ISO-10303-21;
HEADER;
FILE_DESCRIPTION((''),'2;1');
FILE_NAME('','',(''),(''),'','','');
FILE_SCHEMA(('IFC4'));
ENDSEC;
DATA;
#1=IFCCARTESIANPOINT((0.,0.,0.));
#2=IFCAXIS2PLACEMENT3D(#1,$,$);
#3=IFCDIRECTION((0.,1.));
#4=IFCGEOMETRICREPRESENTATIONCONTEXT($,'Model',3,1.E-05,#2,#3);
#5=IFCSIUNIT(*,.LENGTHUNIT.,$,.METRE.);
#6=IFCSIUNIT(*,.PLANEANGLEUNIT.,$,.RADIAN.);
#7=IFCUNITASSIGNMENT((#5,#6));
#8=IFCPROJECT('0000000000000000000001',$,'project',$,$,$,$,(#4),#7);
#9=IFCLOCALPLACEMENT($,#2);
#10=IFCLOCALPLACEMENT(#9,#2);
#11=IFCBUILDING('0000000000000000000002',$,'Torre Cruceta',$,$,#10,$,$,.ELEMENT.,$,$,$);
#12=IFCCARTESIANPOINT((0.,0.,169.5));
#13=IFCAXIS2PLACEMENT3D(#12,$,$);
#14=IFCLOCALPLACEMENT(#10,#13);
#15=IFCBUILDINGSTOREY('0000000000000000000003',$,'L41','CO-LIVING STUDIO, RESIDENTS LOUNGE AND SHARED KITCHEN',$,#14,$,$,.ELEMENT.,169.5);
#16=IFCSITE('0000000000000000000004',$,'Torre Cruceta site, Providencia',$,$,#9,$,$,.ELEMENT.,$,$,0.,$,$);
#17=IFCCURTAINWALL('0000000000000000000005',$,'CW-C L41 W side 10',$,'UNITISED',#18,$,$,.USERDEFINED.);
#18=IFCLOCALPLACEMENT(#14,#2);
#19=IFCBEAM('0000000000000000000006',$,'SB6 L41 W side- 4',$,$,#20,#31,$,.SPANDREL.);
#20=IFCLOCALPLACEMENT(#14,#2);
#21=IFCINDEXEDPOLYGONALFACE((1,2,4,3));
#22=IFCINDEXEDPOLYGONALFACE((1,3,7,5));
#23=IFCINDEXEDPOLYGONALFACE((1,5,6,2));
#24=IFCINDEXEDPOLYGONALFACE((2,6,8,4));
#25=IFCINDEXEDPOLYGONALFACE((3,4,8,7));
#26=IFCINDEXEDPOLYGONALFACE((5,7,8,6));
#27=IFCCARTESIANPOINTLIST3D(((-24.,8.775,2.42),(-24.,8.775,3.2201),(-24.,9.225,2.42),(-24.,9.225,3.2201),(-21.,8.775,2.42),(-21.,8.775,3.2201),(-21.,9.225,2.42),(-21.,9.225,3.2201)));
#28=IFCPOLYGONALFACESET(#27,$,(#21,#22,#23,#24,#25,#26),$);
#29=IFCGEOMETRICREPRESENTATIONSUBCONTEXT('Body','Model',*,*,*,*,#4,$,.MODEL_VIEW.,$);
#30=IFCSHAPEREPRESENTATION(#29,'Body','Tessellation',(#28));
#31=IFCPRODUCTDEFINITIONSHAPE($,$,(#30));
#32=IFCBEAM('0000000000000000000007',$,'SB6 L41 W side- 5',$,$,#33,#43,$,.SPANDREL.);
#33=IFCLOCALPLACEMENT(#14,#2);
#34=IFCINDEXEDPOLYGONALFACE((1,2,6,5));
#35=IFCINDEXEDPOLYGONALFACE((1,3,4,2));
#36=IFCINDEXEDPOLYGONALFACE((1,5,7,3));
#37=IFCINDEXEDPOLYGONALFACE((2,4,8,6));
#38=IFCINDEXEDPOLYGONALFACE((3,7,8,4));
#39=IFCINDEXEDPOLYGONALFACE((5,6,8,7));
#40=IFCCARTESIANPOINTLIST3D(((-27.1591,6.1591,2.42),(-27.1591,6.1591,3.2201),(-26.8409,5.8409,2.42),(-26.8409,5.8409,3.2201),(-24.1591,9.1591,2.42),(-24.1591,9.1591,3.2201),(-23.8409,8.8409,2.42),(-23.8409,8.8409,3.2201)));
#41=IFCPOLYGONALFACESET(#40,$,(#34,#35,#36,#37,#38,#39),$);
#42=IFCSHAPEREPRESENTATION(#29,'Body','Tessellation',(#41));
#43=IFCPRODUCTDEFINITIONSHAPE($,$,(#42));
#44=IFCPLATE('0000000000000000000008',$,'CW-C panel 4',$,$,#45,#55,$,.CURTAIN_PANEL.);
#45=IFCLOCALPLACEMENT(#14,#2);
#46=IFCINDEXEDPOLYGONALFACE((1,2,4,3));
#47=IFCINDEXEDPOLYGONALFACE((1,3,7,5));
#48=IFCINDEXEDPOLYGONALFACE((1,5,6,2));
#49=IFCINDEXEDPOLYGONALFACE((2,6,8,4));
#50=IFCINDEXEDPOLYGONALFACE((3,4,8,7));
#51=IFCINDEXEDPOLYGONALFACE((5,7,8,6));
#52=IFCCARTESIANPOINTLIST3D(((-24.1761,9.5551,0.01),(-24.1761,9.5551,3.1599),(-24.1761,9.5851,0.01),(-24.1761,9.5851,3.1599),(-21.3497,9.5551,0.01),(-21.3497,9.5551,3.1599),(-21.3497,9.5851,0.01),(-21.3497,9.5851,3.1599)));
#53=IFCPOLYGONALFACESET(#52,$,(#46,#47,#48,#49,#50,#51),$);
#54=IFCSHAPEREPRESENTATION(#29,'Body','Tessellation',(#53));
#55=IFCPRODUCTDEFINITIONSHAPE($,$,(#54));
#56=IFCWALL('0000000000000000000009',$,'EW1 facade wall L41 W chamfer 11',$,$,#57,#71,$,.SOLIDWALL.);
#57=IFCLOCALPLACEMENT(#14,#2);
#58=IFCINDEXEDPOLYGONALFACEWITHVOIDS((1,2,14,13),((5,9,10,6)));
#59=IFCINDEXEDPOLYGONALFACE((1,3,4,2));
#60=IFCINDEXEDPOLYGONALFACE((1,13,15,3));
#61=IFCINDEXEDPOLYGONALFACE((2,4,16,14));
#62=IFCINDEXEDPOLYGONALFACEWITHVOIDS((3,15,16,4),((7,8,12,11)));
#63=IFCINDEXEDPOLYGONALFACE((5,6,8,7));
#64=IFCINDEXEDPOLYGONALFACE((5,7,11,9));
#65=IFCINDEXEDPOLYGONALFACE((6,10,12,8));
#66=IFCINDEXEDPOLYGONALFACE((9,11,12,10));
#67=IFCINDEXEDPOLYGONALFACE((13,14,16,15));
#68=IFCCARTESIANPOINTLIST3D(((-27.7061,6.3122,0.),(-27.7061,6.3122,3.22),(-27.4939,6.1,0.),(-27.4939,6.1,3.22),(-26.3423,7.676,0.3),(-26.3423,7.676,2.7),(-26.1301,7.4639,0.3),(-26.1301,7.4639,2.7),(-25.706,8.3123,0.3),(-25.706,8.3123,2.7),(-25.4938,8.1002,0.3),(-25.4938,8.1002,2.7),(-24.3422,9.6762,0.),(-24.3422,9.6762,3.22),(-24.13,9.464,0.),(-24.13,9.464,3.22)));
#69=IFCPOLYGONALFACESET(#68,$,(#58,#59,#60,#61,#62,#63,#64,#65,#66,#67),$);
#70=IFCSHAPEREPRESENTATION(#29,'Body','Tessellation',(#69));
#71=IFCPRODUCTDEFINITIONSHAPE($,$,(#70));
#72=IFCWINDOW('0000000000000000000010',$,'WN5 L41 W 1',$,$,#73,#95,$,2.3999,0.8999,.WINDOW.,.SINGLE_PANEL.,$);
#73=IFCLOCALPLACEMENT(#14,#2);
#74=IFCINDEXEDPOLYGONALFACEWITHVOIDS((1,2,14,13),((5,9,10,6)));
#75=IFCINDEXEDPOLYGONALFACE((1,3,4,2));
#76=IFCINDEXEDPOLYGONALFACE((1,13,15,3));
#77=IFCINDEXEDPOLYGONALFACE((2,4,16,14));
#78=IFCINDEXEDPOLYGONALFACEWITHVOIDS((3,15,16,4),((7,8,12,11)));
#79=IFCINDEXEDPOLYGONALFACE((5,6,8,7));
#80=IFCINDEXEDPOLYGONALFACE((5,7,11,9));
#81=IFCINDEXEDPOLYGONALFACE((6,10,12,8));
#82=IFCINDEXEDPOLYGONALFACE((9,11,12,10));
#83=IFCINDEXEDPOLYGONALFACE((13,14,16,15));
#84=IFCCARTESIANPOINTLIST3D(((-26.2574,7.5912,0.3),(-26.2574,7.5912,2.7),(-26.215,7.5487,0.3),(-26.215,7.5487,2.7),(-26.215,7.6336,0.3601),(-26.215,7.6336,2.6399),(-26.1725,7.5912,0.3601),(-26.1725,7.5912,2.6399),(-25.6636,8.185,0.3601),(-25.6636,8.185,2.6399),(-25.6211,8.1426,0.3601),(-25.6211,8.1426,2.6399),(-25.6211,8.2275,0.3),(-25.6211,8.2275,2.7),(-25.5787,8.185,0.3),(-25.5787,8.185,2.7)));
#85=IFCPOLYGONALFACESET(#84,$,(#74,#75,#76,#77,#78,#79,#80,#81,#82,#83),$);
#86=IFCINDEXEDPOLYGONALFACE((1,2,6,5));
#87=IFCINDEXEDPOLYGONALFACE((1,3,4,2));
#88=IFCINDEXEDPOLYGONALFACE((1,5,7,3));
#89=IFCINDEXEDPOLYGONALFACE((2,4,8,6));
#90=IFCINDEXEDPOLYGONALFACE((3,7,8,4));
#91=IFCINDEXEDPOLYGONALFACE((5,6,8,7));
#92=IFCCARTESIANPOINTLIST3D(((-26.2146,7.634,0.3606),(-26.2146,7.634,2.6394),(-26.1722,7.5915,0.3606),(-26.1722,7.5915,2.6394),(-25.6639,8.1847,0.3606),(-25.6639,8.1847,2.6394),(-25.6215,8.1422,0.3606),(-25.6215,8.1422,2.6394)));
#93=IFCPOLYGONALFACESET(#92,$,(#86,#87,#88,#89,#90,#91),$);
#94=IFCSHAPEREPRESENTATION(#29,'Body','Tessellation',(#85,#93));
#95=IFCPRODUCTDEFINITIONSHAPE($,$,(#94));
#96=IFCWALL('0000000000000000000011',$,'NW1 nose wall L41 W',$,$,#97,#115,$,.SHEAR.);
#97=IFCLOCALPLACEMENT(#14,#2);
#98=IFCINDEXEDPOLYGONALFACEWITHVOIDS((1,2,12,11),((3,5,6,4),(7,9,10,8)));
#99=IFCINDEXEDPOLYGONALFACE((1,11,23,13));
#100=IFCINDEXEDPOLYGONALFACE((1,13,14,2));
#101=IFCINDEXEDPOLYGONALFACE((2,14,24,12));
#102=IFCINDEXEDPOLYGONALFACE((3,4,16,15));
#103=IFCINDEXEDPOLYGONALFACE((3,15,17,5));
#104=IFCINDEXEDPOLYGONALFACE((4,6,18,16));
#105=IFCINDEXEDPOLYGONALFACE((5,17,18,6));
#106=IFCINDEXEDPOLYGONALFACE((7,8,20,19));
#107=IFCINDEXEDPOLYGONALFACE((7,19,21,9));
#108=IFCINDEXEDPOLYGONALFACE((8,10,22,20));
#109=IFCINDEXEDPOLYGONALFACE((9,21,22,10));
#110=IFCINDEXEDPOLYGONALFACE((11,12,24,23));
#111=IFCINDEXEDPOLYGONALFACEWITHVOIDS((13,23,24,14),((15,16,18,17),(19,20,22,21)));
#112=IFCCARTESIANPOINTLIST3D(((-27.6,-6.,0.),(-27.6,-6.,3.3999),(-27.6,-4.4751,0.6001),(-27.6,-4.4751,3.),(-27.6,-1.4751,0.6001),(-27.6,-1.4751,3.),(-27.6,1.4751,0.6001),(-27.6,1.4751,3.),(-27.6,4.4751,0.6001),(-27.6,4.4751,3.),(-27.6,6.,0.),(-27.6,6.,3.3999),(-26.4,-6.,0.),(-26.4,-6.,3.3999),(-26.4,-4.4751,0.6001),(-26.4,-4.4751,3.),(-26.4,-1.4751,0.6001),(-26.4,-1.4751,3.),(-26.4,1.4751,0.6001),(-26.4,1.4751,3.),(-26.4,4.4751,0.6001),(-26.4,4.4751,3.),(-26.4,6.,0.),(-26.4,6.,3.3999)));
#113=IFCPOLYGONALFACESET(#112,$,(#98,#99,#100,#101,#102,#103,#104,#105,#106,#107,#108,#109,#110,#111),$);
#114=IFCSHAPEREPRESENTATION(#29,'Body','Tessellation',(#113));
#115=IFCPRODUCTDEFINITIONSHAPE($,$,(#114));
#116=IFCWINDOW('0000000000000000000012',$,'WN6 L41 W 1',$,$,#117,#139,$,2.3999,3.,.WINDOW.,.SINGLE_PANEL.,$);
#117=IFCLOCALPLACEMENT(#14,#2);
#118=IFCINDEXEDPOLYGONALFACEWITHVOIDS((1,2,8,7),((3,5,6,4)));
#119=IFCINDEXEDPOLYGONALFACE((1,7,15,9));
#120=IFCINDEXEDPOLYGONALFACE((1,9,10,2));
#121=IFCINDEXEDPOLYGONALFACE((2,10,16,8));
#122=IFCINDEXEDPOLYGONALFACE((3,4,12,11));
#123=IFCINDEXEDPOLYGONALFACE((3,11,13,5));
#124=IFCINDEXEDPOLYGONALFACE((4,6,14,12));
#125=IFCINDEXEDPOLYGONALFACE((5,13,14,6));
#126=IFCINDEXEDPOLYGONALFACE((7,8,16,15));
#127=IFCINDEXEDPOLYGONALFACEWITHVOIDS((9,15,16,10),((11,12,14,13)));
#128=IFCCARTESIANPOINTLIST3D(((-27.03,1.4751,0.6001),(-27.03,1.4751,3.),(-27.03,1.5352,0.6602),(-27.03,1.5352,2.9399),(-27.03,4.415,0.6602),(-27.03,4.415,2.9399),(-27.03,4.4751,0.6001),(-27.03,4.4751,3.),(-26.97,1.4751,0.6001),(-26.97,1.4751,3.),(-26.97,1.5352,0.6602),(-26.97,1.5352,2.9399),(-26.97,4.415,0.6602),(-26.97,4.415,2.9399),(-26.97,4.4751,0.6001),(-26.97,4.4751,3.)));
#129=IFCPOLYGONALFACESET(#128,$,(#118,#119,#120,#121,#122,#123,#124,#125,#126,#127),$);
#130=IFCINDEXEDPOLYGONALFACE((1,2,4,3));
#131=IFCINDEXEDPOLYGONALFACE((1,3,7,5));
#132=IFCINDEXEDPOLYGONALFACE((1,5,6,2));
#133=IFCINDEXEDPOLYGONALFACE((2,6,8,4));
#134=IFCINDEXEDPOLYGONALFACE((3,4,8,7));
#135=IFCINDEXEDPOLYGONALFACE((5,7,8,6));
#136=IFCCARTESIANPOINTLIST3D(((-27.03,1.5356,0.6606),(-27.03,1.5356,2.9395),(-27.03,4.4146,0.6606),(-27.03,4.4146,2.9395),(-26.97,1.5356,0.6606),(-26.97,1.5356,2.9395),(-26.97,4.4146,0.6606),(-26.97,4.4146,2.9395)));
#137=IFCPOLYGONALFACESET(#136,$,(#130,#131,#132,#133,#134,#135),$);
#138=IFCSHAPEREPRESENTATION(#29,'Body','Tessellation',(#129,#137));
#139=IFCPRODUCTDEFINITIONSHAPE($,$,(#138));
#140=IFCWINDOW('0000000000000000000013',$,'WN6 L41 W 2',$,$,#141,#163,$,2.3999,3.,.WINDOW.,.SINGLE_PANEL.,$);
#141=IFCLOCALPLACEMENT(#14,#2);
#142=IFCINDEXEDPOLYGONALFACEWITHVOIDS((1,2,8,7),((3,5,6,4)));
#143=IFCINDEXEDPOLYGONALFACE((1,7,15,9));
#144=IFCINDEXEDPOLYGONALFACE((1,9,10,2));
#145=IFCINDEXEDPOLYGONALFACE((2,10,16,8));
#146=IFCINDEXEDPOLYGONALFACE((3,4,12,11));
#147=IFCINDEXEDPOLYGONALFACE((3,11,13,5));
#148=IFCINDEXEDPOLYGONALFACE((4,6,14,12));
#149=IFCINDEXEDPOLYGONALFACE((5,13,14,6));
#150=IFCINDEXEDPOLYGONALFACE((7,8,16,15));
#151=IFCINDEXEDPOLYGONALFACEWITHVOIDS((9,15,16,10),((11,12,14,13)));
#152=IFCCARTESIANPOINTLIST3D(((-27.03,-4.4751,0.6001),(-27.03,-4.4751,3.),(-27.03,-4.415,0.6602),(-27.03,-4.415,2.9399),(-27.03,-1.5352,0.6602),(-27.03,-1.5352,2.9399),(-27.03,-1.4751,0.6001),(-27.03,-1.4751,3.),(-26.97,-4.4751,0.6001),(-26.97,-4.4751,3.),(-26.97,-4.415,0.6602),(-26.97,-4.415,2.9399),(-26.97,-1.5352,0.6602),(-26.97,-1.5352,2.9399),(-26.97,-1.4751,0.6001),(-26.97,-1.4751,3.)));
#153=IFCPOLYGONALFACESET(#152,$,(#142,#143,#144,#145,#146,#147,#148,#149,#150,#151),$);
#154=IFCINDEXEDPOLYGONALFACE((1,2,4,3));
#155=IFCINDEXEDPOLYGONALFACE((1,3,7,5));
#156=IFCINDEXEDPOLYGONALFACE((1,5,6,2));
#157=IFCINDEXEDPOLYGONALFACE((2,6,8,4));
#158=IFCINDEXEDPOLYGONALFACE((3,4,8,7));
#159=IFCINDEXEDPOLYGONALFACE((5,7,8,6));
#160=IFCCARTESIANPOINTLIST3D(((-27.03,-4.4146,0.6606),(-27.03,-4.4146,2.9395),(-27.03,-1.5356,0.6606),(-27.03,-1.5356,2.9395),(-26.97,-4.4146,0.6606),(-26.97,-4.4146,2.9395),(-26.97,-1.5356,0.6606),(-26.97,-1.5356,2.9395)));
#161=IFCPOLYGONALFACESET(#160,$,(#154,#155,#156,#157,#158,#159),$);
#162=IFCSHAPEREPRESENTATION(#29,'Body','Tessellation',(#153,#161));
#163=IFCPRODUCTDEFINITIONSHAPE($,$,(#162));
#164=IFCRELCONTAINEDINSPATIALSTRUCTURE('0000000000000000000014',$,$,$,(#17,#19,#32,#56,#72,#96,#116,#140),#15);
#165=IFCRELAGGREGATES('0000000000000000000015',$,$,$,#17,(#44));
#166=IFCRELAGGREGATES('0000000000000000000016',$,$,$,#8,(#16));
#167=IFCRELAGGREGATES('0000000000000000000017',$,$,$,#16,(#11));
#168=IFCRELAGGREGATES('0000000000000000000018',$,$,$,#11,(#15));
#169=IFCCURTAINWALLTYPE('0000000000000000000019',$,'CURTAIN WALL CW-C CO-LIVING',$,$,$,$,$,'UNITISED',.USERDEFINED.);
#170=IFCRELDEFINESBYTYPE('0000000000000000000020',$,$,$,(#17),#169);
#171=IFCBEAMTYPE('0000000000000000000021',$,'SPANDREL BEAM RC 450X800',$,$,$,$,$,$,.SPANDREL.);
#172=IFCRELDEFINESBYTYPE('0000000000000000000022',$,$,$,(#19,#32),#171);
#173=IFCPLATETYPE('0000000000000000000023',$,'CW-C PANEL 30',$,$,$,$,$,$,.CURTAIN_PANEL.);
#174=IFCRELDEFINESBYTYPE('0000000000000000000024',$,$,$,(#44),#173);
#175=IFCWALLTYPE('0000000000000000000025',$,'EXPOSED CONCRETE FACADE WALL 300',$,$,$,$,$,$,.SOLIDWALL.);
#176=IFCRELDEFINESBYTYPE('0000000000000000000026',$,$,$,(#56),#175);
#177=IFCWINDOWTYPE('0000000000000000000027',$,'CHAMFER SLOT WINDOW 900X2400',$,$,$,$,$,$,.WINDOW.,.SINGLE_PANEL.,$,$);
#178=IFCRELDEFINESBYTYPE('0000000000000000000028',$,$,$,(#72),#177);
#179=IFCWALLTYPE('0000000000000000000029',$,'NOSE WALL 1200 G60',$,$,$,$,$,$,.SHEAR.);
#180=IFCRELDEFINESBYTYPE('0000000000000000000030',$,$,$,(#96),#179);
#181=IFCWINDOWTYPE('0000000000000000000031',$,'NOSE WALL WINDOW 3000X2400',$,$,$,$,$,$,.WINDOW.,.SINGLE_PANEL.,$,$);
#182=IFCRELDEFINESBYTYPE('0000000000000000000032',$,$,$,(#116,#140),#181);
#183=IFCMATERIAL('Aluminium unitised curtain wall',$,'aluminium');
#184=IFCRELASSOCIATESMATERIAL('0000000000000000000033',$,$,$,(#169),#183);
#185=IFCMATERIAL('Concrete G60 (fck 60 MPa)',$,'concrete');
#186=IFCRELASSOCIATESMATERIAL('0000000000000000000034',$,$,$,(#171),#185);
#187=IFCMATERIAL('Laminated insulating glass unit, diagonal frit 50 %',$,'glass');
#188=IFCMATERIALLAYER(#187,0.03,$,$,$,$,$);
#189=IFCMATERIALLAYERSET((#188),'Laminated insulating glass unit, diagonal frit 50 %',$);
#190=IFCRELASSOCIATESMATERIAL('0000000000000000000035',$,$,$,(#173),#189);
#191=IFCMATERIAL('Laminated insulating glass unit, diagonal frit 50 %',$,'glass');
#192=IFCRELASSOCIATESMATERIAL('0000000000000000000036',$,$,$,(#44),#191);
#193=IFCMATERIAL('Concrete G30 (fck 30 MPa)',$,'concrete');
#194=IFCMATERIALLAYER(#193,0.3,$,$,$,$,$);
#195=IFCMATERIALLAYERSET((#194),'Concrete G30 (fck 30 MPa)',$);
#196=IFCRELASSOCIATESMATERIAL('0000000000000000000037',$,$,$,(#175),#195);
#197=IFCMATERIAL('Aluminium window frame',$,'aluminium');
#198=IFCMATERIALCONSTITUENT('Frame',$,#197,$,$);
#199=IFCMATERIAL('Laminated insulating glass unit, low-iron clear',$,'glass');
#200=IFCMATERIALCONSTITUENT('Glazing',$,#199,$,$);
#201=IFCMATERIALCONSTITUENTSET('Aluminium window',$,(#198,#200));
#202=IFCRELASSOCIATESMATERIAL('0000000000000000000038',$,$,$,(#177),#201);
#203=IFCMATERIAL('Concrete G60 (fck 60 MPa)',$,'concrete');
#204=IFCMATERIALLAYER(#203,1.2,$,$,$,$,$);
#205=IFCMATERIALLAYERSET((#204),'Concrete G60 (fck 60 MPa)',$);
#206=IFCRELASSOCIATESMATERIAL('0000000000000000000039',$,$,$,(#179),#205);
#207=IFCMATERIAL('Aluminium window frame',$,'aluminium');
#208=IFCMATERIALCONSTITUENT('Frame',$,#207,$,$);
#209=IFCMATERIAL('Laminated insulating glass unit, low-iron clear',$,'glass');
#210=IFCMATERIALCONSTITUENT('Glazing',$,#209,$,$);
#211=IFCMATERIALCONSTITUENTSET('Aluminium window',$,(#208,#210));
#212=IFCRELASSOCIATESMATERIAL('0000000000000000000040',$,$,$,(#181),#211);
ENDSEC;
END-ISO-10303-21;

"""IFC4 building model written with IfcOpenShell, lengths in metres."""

from ifc_helpers import new_model, si_unit, direction, frame, frame_2d, origin, origin_2d, place, context, subcontext, project, spatial, rectangle, hollow_rectangle, extrude, material, layer, layer_set, constituent, constituent_set, material_profile, profile_set, type_object, element, fill, aggregate, save


model = new_model("IFC4")

# Units and contexts
model_context = context("Model", 3, precision=1e-05, world=origin(), true_north=direction((0.0, 1.0)))
body_context = subcontext(model_context, "Body", "Model", "MODEL_VIEW")
ifc_project = project(units=[si_unit("LENGTHUNIT", "METRE"), si_unit("PLANEANGLEUNIT", "RADIAN")], contexts=[model_context])

# Site, building, storey
site_placement = place(None, origin())
site = spatial("IfcSite", under=ifc_project, at=site_placement, Name="Torre Cruceta site, Providencia", CompositionType="ELEMENT", RefElevation=0.0)
building_placement = place(site_placement, origin())
building = spatial("IfcBuilding", under=site, at=building_placement, Name="Torre Cruceta", CompositionType="ELEMENT")
storey_placement = place(building_placement, frame((0.0, 0.0, 169.5)))
storey = spatial("IfcBuildingStorey", under=building, at=storey_placement, Name="L41", Description="CO-LIVING STUDIO, RESIDENTS LOUNGE AND SHARED KITCHEN", CompositionType="ELEMENT", Elevation=169.5)

# Curtain wall
ifc_material_1 = material(Name="Aluminium unitised curtain wall", Category="aluminium")
curtain_wall_type = type_object("IfcCurtainWallType", Name="CURTAIN WALL CW-C CO-LIVING", ElementType="UNITISED", PredefinedType="USERDEFINED", material=ifc_material_1)
curtain_wall_placement = place(storey_placement, origin())
curtain_wall = element("IfcCurtainWall", 1, at=curtain_wall_placement, inside=storey, type_object=curtain_wall_type, Name="CW-C L41 W side 10", ObjectType="UNITISED", PredefinedType="USERDEFINED")

# Beams
ifc_material_2 = material(Name="Concrete G60 (fck 60 MPa)", Category="concrete")
ifc_material_profile_1 = material_profile(ifc_material_2, rectangle(XDim=0.45, YDim=0.8, at=origin_2d()), Name="RC 450X800")
ifc_profile_set_1 = profile_set([ifc_material_profile_1], Name="Concrete G60 (fck 60 MPa)")
beam_type_1 = type_object("IfcBeamType", Name="SPANDREL BEAM RC 450X800", PredefinedType="SPANDREL", material=ifc_profile_set_1)
beam_1_placement = place(storey_placement, frame((-21.0, 9.0, 2.8201), z_axis=(-1.0, 0.0, 0.0), x_axis=(0.0, -1.0, 0.0)))
element("IfcBeam", 2, at=beam_1_placement, inside=storey, type_object=beam_type_1, Name="SB6 L41 W side- 4", PredefinedType="SPANDREL", context=body_context, shape_type="SweptSolid", body=[
    extrude(rectangle(XDim=0.45, YDim=0.8, at=origin_2d()), origin(), (0.0, 0.0, 1.0), 3.0),
])
beam_2_placement = place(storey_placement, frame((-24.0, 9.0, 2.8201), z_axis=(-0.707107, -0.707107, 0.0), x_axis=(0.707107, -0.707107, 0.0)))
element("IfcBeam", 3, at=beam_2_placement, inside=storey, type_object=beam_type_1, Name="SB6 L41 W side- 5", PredefinedType="SPANDREL", context=body_context, shape_type="SweptSolid", body=[
    extrude(rectangle(XDim=0.45, YDim=0.8, at=origin_2d()), origin(), (0.0, 0.0, 1.0), 4.2427),
])

# Plate
ifc_material_3 = material(Name="Laminated insulating glass unit, diagonal frit 50 %", Category="glass")
ifc_material_4 = material(Name="Laminated insulating glass unit, diagonal frit 50 %", Category="glass")
ifc_layer_1 = layer(ifc_material_4, 0.03)
ifc_layer_set_1 = layer_set([ifc_layer_1], Name="Laminated insulating glass unit, diagonal frit 50 %")
plate_type = type_object("IfcPlateType", Name="CW-C PANEL 30", PredefinedType="CURTAIN_PANEL", material=ifc_layer_set_1)
plate_placement = place(storey_placement, frame((-22.7629, 9.5701, 0.01), z_axis=(0.0, 0.0, 1.0), x_axis=(-1.0, 0.0, 0.0)))
plate = element("IfcPlate", 4, at=plate_placement, type_object=plate_type, material=ifc_material_3, Name="CW-C panel 4", PredefinedType="CURTAIN_PANEL", context=body_context, shape_type="SweptSolid", body=[
    extrude(rectangle(XDim=2.8264, YDim=0.03, at=origin_2d()), origin(), (0.0, 0.0, 1.0), 3.1499),
])
aggregate(curtain_wall, [plate])

# Wall, opening, window
ifc_material_5 = material(Name="Concrete G30 (fck 30 MPa)", Category="concrete")
ifc_layer_2 = layer(ifc_material_5, 0.3)
ifc_layer_set_2 = layer_set([ifc_layer_2], Name="Concrete G30 (fck 30 MPa)")
wall_type_1 = type_object("IfcWallType", Name="EXPOSED CONCRETE FACADE WALL 300", PredefinedType="SOLIDWALL", material=ifc_layer_set_2)
wall_1_placement = place(storey_placement, frame((-24.2361, 9.5701, 0.0), z_axis=(0.0, 0.0, 1.0), x_axis=(-0.707107, -0.707107, 0.0)))
wall_1 = element("IfcWall", 5, at=wall_1_placement, inside=storey, type_object=wall_type_1, Name="EW1 facade wall L41 W chamfer 11", PredefinedType="SOLIDWALL", context=body_context, shape_type="SweptSolid", body=[
    extrude(rectangle(XDim=4.7573, YDim=0.3, at=frame_2d((2.3787, 0.0))), origin(), (0.0, 0.0, 1.0), 3.22),
])
opening_1_placement = place(wall_1_placement, frame((1.9287, 0.0, 0.3)))
opening_1 = element("IfcOpeningElement", 6, at=opening_1_placement, cuts=wall_1, PredefinedType="OPENING", context=body_context, shape_type="SweptSolid", body=[
    extrude(rectangle(XDim=0.8999, YDim=2.3999, at=frame_2d((0.45, 1.2))), frame((0.0, 0.1599, 0.0), z_axis=(0.0, -1.0, 0.0), x_axis=(1.0, 0.0, 0.0)), (0.0, 0.0, 1.0), 0.3201),
])
ifc_material_6 = material(Name="Aluminium window frame", Category="aluminium")
ifc_constituent_1 = constituent(ifc_material_6, Name="Frame")
ifc_material_7 = material(Name="Laminated insulating glass unit, low-iron clear", Category="glass")
ifc_constituent_2 = constituent(ifc_material_7, Name="Glazing")
ifc_constituent_set_1 = constituent_set(constituents=[ifc_constituent_1, ifc_constituent_2], Name="Aluminium window")
window_type_1 = type_object("IfcWindowType", Name="CHAMFER SLOT WINDOW 900X2400", PartitioningType="SINGLE_PANEL", PredefinedType="WINDOW", material=ifc_constituent_set_1)
window_1_placement = place(opening_1_placement, origin())
window_1 = element("IfcWindow", 7, at=window_1_placement, inside=storey, type_object=window_type_1, Name="WN5 L41 W 1", OverallHeight=2.3999, OverallWidth=0.8999, PartitioningType="SINGLE_PANEL", PredefinedType="WINDOW", context=body_context, shape_type="SweptSolid", body=[
    extrude(hollow_rectangle(XDim=0.8999, YDim=2.3999, WallThickness=0.0601, at=frame_2d((0.45, 1.2))), frame((0.0, 0.03, 0.0), z_axis=(0.0, -1.0, 0.0), x_axis=(1.0, 0.0, 0.0)), (0.0, 0.0, 1.0), 0.0601),
    extrude(rectangle(XDim=0.7788, YDim=2.2788, at=frame_2d((0.45, 1.2))), frame((0.0, 0.03, 0.0), z_axis=(0.0, -1.0, 0.0), x_axis=(1.0, 0.0, 0.0)), (0.0, 0.0, 1.0), 0.0601),
])
fill(opening_1, window_1)

# Wall, openings, windows
ifc_material_8 = material(Name="Concrete G60 (fck 60 MPa)", Category="concrete")
ifc_layer_3 = layer(ifc_material_8, 1.2)
ifc_layer_set_3 = layer_set([ifc_layer_3], Name="Concrete G60 (fck 60 MPa)")
wall_type_2 = type_object("IfcWallType", Name="NOSE WALL 1200 G60", PredefinedType="SHEAR", material=ifc_layer_set_3)
wall_2_placement = place(storey_placement, frame((-27.0, 6.0, 0.0), z_axis=(0.0, 0.0, 1.0), x_axis=(0.0, -1.0, 0.0)))
wall_2 = element("IfcWall", 8, at=wall_2_placement, inside=storey, type_object=wall_type_2, Name="NW1 nose wall L41 W", PredefinedType="SHEAR", context=body_context, shape_type="SweptSolid", body=[
    extrude(rectangle(XDim=12.0, YDim=1.2, at=frame_2d((6.0, 0.0))), origin(), (0.0, 0.0, 1.0), 3.3999),
])
opening_2_placement = place(wall_2_placement, frame((1.5249, 0.0, 0.6001)))
opening_2 = element("IfcOpeningElement", 9, at=opening_2_placement, cuts=wall_2, PredefinedType="OPENING", context=body_context, shape_type="SweptSolid", body=[
    extrude(rectangle(XDim=3.0, YDim=2.3999, at=frame_2d((1.5, 1.2))), frame((0.0, 0.6099, 0.0), z_axis=(0.0, -1.0, 0.0), x_axis=(1.0, 0.0, 0.0)), (0.0, 0.0, 1.0), 1.22),
])
opening_3_placement = place(wall_2_placement, frame((7.4751, 0.0, 0.6001)))
opening_3 = element("IfcOpeningElement", 10, at=opening_3_placement, cuts=wall_2, PredefinedType="OPENING", context=body_context, shape_type="SweptSolid", body=[
    extrude(rectangle(XDim=3.0, YDim=2.3999, at=frame_2d((1.5, 1.2))), frame((0.0, 0.6099, 0.0), z_axis=(0.0, -1.0, 0.0), x_axis=(1.0, 0.0, 0.0)), (0.0, 0.0, 1.0), 1.22),
])
ifc_material_9 = material(Name="Aluminium window frame", Category="aluminium")
ifc_constituent_3 = constituent(ifc_material_9, Name="Frame")
ifc_material_10 = material(Name="Laminated insulating glass unit, low-iron clear", Category="glass")
ifc_constituent_4 = constituent(ifc_material_10, Name="Glazing")
ifc_constituent_set_2 = constituent_set(constituents=[ifc_constituent_3, ifc_constituent_4], Name="Aluminium window")
window_type_2 = type_object("IfcWindowType", Name="NOSE WALL WINDOW 3000X2400", PartitioningType="SINGLE_PANEL", PredefinedType="WINDOW", material=ifc_constituent_set_2)
window_2_placement = place(opening_2_placement, origin())
window_2 = element("IfcWindow", 11, at=window_2_placement, inside=storey, type_object=window_type_2, Name="WN6 L41 W 1", OverallHeight=2.3999, OverallWidth=3.0, PartitioningType="SINGLE_PANEL", PredefinedType="WINDOW", context=body_context, shape_type="SweptSolid", body=[
    extrude(hollow_rectangle(XDim=3.0, YDim=2.3999, WallThickness=0.0601, at=frame_2d((1.5, 1.2))), frame((0.0, 0.03, 0.0), z_axis=(0.0, -1.0, 0.0), x_axis=(1.0, 0.0, 0.0)), (0.0, 0.0, 1.0), 0.0601),
    extrude(rectangle(XDim=2.8789, YDim=2.2788, at=frame_2d((1.5, 1.2))), frame((0.0, 0.03, 0.0), z_axis=(0.0, -1.0, 0.0), x_axis=(1.0, 0.0, 0.0)), (0.0, 0.0, 1.0), 0.0601),
])
fill(opening_2, window_2)
window_3_placement = place(opening_3_placement, origin())
window_3 = element("IfcWindow", 12, at=window_3_placement, inside=storey, type_object=window_type_2, Name="WN6 L41 W 2", OverallHeight=2.3999, OverallWidth=3.0, PartitioningType="SINGLE_PANEL", PredefinedType="WINDOW", context=body_context, shape_type="SweptSolid", body=[
    extrude(hollow_rectangle(XDim=3.0, YDim=2.3999, WallThickness=0.0601, at=frame_2d((1.5, 1.2))), frame((0.0, 0.03, 0.0), z_axis=(0.0, -1.0, 0.0), x_axis=(1.0, 0.0, 0.0)), (0.0, 0.0, 1.0), 0.0601),
    extrude(rectangle(XDim=2.8789, YDim=2.2788, at=frame_2d((1.5, 1.2))), frame((0.0, 0.03, 0.0), z_axis=(0.0, -1.0, 0.0), x_axis=(1.0, 0.0, 0.0)), (0.0, 0.0, 1.0), 0.0601),
])
fill(opening_3, window_3)

save(model, "model.ifc")
